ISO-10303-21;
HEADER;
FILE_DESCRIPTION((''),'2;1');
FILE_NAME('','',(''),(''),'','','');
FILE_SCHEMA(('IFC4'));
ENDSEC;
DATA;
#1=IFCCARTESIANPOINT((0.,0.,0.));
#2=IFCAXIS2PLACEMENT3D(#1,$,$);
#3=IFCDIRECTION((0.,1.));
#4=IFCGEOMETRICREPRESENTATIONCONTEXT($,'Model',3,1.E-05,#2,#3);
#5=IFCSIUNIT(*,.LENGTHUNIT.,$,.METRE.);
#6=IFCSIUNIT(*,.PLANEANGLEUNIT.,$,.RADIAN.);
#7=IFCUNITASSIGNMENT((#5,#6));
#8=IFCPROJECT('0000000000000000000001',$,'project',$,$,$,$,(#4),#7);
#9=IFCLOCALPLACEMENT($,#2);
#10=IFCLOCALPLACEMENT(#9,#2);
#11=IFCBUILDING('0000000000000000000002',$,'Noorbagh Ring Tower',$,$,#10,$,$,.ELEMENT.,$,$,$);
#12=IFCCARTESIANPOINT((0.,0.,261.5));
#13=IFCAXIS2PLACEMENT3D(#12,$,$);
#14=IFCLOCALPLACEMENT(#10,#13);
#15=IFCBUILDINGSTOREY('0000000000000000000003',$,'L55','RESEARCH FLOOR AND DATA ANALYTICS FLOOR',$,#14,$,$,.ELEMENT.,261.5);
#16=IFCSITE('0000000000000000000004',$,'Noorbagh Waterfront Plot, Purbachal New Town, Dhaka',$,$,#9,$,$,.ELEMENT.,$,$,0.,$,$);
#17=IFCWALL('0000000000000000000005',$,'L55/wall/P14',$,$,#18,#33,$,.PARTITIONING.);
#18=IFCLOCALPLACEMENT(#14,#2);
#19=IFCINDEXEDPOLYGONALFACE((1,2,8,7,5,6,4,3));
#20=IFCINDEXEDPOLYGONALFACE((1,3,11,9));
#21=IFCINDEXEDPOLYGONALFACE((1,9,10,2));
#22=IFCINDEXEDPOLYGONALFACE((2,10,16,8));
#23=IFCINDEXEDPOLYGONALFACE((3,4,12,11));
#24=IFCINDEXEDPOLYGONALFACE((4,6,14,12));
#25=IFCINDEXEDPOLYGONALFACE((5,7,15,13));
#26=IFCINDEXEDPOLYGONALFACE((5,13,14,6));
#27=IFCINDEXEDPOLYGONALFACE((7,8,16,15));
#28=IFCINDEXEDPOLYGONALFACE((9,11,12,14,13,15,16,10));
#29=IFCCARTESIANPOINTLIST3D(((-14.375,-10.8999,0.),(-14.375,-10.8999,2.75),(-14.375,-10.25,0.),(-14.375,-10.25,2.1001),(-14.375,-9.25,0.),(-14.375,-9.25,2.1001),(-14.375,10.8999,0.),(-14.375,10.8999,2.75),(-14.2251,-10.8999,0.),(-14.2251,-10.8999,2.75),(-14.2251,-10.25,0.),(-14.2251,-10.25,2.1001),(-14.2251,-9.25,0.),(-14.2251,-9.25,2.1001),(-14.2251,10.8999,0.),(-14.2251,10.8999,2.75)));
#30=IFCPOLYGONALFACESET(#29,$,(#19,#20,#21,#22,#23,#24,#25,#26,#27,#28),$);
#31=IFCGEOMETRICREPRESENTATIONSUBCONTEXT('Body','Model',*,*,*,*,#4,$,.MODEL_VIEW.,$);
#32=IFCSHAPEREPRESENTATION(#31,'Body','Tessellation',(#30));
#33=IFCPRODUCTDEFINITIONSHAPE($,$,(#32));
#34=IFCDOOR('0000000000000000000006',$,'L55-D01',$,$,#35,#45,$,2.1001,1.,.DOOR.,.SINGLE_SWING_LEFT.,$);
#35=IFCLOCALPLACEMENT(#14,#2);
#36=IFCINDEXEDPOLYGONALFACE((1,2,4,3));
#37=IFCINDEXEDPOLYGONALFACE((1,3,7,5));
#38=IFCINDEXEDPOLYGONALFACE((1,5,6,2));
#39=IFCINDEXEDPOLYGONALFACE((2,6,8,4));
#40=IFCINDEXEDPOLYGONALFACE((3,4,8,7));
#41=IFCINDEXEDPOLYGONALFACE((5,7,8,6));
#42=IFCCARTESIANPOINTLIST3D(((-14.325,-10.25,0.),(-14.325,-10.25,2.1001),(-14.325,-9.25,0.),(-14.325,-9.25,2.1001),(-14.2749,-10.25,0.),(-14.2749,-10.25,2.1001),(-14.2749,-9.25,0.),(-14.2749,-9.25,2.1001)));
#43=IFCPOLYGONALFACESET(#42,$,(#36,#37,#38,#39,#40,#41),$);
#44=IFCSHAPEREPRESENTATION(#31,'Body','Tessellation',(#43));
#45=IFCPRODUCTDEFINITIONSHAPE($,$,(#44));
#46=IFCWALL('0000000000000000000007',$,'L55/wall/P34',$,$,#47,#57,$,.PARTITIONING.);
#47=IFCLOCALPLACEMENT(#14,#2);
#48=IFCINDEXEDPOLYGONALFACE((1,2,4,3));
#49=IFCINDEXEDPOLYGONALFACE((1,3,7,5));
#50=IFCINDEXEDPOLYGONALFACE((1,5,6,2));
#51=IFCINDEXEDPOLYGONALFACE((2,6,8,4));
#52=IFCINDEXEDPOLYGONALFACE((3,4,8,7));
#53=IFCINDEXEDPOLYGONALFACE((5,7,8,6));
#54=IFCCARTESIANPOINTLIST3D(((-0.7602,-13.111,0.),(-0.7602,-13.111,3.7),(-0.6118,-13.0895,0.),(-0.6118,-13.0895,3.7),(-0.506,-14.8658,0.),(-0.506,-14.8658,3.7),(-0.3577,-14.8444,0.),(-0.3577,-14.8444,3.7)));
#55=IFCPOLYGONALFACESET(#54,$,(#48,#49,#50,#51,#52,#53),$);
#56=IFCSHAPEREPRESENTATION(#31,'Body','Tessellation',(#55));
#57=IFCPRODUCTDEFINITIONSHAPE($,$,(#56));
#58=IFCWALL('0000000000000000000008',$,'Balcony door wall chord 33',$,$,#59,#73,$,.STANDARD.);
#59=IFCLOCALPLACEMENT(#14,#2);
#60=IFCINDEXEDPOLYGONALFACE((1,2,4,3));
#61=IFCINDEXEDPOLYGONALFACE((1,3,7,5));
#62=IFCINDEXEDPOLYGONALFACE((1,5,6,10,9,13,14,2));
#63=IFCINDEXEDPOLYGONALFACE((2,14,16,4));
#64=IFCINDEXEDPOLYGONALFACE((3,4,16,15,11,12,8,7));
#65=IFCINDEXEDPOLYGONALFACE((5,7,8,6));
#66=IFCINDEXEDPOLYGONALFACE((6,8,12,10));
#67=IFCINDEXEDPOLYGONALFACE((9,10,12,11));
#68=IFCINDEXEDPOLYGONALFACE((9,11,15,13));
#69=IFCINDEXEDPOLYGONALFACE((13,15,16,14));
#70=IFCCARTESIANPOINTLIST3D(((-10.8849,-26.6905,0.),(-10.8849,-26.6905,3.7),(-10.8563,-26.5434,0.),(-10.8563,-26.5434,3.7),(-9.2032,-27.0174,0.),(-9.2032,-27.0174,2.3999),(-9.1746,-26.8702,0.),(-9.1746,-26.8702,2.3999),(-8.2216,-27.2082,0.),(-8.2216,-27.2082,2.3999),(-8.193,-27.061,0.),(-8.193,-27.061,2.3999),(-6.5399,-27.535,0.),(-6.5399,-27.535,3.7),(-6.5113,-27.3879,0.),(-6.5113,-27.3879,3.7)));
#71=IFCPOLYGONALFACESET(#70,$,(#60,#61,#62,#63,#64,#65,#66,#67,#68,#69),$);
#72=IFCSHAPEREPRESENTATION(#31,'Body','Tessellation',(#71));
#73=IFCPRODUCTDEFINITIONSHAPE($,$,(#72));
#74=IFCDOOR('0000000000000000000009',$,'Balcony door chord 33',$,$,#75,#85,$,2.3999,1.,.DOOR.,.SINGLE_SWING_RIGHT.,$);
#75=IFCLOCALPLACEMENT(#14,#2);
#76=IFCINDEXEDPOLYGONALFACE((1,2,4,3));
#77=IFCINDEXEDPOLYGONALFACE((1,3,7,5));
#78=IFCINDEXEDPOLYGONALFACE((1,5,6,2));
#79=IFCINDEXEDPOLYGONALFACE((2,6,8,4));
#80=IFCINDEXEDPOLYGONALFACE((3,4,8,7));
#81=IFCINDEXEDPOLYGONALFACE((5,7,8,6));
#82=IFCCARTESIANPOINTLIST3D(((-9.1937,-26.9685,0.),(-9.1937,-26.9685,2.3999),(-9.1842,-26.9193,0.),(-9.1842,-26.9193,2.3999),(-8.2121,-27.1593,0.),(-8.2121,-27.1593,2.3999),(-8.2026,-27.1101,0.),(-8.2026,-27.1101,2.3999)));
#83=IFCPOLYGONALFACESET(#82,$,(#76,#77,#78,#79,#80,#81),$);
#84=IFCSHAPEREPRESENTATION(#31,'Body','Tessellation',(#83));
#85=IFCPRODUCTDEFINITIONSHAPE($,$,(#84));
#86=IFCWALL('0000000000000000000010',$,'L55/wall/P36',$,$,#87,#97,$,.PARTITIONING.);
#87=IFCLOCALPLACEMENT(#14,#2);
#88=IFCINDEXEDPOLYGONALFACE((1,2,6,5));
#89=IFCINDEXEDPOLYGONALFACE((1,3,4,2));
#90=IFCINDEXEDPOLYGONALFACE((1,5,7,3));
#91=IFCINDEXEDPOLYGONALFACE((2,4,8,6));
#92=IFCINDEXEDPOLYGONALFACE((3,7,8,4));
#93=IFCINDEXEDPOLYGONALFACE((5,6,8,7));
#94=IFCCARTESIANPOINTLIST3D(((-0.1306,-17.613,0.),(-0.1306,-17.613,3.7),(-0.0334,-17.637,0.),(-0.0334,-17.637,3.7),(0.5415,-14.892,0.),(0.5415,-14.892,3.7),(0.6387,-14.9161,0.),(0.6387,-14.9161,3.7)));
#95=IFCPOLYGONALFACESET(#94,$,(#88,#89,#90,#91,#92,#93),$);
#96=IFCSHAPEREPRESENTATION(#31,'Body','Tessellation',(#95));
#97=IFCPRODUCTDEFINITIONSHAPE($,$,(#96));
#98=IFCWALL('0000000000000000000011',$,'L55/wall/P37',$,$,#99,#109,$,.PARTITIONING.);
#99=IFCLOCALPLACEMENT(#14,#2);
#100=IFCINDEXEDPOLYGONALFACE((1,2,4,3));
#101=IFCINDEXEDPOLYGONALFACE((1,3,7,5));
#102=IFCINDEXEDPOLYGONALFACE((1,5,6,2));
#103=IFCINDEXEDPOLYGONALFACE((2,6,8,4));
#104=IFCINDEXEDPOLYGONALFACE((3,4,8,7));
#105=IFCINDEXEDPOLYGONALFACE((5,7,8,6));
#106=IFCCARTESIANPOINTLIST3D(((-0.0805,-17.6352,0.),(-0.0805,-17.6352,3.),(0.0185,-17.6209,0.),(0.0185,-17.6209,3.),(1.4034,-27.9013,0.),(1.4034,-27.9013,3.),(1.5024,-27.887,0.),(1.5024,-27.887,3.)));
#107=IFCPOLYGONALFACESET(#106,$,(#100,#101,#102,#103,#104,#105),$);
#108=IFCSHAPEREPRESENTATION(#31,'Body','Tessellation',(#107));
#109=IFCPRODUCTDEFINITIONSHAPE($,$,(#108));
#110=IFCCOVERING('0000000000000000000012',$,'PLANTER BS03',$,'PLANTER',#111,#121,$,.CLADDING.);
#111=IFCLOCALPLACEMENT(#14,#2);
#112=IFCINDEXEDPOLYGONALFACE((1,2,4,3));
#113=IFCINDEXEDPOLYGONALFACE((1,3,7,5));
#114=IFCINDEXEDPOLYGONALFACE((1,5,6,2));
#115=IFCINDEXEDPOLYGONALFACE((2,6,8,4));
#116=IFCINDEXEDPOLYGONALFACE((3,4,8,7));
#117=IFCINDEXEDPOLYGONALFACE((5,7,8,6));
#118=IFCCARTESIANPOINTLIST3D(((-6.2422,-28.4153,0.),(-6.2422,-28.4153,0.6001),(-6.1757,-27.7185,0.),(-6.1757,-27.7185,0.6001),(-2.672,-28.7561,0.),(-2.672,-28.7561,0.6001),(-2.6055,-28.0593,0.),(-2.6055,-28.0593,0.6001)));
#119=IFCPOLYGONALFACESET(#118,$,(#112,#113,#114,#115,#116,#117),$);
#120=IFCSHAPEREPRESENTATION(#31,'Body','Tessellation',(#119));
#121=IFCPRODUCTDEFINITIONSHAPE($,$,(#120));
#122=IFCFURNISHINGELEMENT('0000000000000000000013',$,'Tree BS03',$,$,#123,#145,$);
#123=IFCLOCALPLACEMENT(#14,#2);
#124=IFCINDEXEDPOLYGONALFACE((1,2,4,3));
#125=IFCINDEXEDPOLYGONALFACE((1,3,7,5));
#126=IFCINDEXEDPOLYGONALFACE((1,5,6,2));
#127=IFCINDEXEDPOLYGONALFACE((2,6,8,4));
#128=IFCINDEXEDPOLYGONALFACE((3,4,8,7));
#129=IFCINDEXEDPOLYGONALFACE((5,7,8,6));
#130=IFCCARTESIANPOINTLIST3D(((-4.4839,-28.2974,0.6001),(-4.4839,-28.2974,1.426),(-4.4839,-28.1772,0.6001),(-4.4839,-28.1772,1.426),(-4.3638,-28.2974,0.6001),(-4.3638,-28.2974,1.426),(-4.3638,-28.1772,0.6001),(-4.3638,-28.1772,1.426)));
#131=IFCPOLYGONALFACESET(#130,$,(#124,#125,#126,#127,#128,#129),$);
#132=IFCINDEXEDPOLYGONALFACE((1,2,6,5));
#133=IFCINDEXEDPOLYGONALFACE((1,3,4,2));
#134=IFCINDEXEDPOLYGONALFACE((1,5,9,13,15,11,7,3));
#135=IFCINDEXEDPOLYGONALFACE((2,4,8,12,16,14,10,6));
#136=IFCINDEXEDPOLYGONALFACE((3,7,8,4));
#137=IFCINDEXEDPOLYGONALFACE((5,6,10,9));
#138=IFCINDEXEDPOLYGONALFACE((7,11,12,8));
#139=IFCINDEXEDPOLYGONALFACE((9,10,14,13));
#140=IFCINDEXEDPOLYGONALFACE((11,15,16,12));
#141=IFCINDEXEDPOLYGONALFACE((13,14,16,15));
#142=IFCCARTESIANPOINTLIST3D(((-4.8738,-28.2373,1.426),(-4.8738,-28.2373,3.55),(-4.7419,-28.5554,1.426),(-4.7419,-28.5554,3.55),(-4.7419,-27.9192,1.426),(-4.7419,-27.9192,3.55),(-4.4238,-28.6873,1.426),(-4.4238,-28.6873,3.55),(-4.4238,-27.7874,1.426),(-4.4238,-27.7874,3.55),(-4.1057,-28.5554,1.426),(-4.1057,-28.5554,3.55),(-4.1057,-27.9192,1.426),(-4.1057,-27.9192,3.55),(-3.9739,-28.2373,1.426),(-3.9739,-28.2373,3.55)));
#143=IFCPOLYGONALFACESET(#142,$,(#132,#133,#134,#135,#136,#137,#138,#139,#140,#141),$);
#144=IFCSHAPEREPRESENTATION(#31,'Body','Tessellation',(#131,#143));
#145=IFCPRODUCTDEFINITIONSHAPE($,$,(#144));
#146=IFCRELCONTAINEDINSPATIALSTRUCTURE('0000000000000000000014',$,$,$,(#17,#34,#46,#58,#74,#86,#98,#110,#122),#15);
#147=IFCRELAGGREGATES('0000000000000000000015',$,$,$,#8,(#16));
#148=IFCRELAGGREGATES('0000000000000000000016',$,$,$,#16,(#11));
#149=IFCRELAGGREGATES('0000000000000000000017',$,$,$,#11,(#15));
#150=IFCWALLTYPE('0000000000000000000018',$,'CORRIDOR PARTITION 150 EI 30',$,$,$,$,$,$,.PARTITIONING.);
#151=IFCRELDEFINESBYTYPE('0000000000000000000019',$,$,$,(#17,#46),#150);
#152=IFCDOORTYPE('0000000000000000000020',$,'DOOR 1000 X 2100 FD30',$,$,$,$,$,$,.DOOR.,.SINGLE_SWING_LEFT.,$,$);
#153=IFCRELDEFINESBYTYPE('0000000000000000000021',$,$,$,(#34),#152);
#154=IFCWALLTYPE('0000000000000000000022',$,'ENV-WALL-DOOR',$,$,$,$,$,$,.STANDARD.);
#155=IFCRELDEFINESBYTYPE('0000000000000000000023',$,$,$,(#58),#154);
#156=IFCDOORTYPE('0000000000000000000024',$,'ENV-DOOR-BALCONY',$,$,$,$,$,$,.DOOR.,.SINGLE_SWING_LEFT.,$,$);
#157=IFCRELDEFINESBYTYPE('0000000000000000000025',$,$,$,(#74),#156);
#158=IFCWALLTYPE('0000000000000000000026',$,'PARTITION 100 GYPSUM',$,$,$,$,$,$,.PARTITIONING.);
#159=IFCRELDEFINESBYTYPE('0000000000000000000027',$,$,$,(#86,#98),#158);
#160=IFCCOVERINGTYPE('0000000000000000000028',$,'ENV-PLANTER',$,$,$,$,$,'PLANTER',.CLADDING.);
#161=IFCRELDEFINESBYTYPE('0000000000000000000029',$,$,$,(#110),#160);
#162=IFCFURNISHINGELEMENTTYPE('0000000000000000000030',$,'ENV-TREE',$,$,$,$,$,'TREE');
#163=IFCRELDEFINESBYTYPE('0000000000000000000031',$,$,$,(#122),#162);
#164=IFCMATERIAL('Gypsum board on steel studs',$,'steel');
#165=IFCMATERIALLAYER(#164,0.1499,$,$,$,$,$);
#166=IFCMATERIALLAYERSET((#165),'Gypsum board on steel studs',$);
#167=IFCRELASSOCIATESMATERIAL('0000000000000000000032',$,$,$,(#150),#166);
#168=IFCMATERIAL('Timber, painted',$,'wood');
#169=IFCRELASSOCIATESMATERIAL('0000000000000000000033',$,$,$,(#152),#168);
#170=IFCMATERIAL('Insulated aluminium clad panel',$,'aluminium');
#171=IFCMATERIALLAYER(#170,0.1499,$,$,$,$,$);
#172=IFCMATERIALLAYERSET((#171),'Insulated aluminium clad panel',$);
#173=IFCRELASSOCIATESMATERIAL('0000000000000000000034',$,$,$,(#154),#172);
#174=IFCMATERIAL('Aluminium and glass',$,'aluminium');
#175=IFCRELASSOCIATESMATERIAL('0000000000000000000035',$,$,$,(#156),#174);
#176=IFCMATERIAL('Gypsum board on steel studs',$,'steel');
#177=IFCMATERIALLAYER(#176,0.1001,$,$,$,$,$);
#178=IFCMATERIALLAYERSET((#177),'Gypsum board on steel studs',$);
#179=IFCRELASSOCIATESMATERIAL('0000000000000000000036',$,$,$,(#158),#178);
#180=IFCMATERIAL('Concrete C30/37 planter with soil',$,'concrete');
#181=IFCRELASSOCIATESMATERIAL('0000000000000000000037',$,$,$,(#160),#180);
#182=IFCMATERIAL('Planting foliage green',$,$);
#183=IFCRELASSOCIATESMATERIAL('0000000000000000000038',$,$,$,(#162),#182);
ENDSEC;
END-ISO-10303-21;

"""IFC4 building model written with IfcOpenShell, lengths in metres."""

from ifc_helpers import new_model, si_unit, direction, frame, frame_2d, origin, origin_2d, place, context, subcontext, project, spatial, polyline, rectangle, outline, extrude, material, layer, layer_set, type_object, element, fill, save


model = new_model("IFC4")

# Units and contexts
model_context = context("Model", 3, precision=1e-05, world=origin(), true_north=direction((0.0, 1.0)))
body_context = subcontext(model_context, "Body", "Model", "MODEL_VIEW")
ifc_project = project(units=[si_unit("LENGTHUNIT", "METRE"), si_unit("PLANEANGLEUNIT", "RADIAN")], contexts=[model_context])

# Site, building, storey
site_placement = place(None, origin())
site = spatial("IfcSite", under=ifc_project, at=site_placement, Name="Noorbagh Waterfront Plot, Purbachal New Town, Dhaka", CompositionType="ELEMENT", RefElevation=0.0)
building_placement = place(site_placement, origin())
building = spatial("IfcBuilding", under=site, at=building_placement, Name="Noorbagh Ring Tower", CompositionType="ELEMENT")
storey_placement = place(building_placement, frame((0.0, 0.0, 261.5)))
storey = spatial("IfcBuildingStorey", under=building, at=storey_placement, Name="L55", Description="RESEARCH FLOOR AND DATA ANALYTICS FLOOR", CompositionType="ELEMENT", Elevation=261.5)

# Wall, opening, door
ifc_material_1 = material(Name="Gypsum board on steel studs", Category="steel")
ifc_layer_1 = layer(ifc_material_1, 0.1499)
ifc_layer_set_1 = layer_set([ifc_layer_1], Name="Gypsum board on steel studs")
wall_type_1 = type_object("IfcWallType", Name="CORRIDOR PARTITION 150 EI 30", PredefinedType="PARTITIONING", material=ifc_layer_set_1)
wall_1_placement = place(storey_placement, frame((-14.3, -10.8999, 0.0), z_axis=(0.0, 0.0, 1.0), x_axis=(0.0, 1.0, 0.0)))
wall_1 = element("IfcWall", 1, at=wall_1_placement, inside=storey, type_object=wall_type_1, Name="L55/wall/P14", PredefinedType="PARTITIONING", context=body_context, shape_type="SweptSolid", body=[
    extrude(rectangle(XDim=21.7998, YDim=0.1499, at=frame_2d((10.8999, 0.0))), origin(), (0.0, 0.0, 1.0), 2.75),
])
opening_1_placement = place(wall_1_placement, frame((0.6499, 0.0, 0.0)))
opening_1 = element("IfcOpeningElement", 2, at=opening_1_placement, cuts=wall_1, PredefinedType="OPENING", context=body_context, shape_type="SweptSolid", body=[
    extrude(rectangle(XDim=1.0, YDim=2.1001, at=frame_2d((0.5, 1.05))), frame((0.0, 0.085, 0.0), z_axis=(0.0, -1.0, 0.0), x_axis=(1.0, 0.0, 0.0)), (0.0, 0.0, 1.0), 0.1699),
])
ifc_material_2 = material(Name="Timber, painted", Category="wood")
door_type_1 = type_object("IfcDoorType", Name="DOOR 1000 X 2100 FD30", OperationType="SINGLE_SWING_LEFT", PredefinedType="DOOR", material=ifc_material_2)
door_1_placement = place(opening_1_placement, origin())
door_1 = element("IfcDoor", 3, at=door_1_placement, inside=storey, type_object=door_type_1, Name="L55-D01", OperationType="SINGLE_SWING_LEFT", OverallHeight=2.1001, OverallWidth=1.0, PredefinedType="DOOR", context=body_context, shape_type="SweptSolid", body=[
    extrude(rectangle(XDim=1.0, YDim=2.1001, at=frame_2d((0.5, 1.05))), frame((0.0, 0.0249, 0.0), z_axis=(0.0, -1.0, 0.0), x_axis=(1.0, 0.0, 0.0)), (0.0, 0.0, 1.0), 0.05),
])
fill(opening_1, door_1)

# Wall
wall_2_placement = place(storey_placement, frame((-0.686, -13.1001, 0.0), z_axis=(0.0, 0.0, 1.0), x_axis=(0.143329, -0.989675, 0.0)))
element("IfcWall", 4, at=wall_2_placement, inside=storey, type_object=wall_type_1, Name="L55/wall/P34", PredefinedType="PARTITIONING", context=body_context, shape_type="SweptSolid", body=[
    extrude(rectangle(XDim=1.7732, YDim=0.1499, at=frame_2d((0.8867, 0.0))), origin(), (0.0, 0.0, 1.0), 3.7),
])

# Wall, opening, door
ifc_material_3 = material(Name="Insulated aluminium clad panel", Category="aluminium")
ifc_layer_2 = layer(ifc_material_3, 0.1499)
ifc_layer_set_2 = layer_set([ifc_layer_2], Name="Insulated aluminium clad panel")
wall_type_2 = type_object("IfcWallType", Name="ENV-WALL-DOOR", PredefinedType="STANDARD", material=ifc_layer_set_2)
wall_3_placement = place(storey_placement, frame((-10.8706, -26.6169, 0.0), z_axis=(0.0, 0.0, 1.0), x_axis=(0.981631, -0.190788, 0.0)))
wall_3 = element("IfcWall", 5, at=wall_3_placement, inside=storey, type_object=wall_type_2, Name="Balcony door wall chord 33", PredefinedType="STANDARD", context=body_context, shape_type="SweptSolid", body=[
    extrude(rectangle(XDim=4.4263, YDim=0.1499, at=frame_2d((2.2131, 0.0))), origin(), (0.0, 0.0, 1.0), 3.7),
])
opening_2_placement = place(wall_3_placement, frame((1.7131, 0.0, 0.0)))
opening_2 = element("IfcOpeningElement", 6, at=opening_2_placement, cuts=wall_3, PredefinedType="OPENING", context=body_context, shape_type="SweptSolid", body=[
    extrude(rectangle(XDim=1.0, YDim=2.3999, at=frame_2d((0.5, 1.2))), frame((0.0, 0.085, 0.0), z_axis=(0.0, -1.0, 0.0), x_axis=(1.0, 0.0, 0.0)), (0.0, 0.0, 1.0), 0.1699),
])
ifc_material_4 = material(Name="Aluminium and glass", Category="aluminium")
door_type_2 = type_object("IfcDoorType", Name="ENV-DOOR-BALCONY", OperationType="SINGLE_SWING_LEFT", PredefinedType="DOOR", material=ifc_material_4)
door_2_placement = place(opening_2_placement, origin())
door_2 = element("IfcDoor", 7, at=door_2_placement, inside=storey, type_object=door_type_2, Name="Balcony door chord 33", OperationType="SINGLE_SWING_RIGHT", OverallHeight=2.3999, OverallWidth=1.0, PredefinedType="DOOR", context=body_context, shape_type="SweptSolid", body=[
    extrude(rectangle(XDim=1.0, YDim=2.3999, at=frame_2d((0.5, 1.2))), frame((0.0, 0.0249, 0.0), z_axis=(0.0, -1.0, 0.0), x_axis=(1.0, 0.0, 0.0)), (0.0, 0.0, 1.0), 0.05),
])
fill(opening_2, door_2)

# Walls
ifc_material_5 = material(Name="Gypsum board on steel studs", Category="steel")
ifc_layer_3 = layer(ifc_material_5, 0.1001)
ifc_layer_set_3 = layer_set([ifc_layer_3], Name="Gypsum board on steel studs")
wall_type_3 = type_object("IfcWallType", Name="PARTITION 100 GYPSUM", PredefinedType="PARTITIONING", material=ifc_layer_set_3)
wall_4_placement = place(storey_placement, frame((-0.082, -17.625, 0.0), z_axis=(0.0, 0.0, 1.0), x_axis=(0.239809, 0.97082, 0.0)))
element("IfcWall", 8, at=wall_4_placement, inside=storey, type_object=wall_type_3, Name="L55/wall/P36", PredefinedType="PARTITIONING", context=body_context, shape_type="SweptSolid", body=[
    extrude(rectangle(XDim=2.8027, YDim=0.1001, at=frame_2d((1.4014, 0.0))), origin(), (0.0, 0.0, 1.0), 3.7),
])
wall_5_placement = place(storey_placement, frame((-0.031, -17.6279, 0.0), z_axis=(0.0, 0.0, 1.0), x_axis=(0.143056, -0.989715, 0.0)))
element("IfcWall", 9, at=wall_5_placement, inside=storey, type_object=wall_type_3, Name="L55/wall/P37", PredefinedType="PARTITIONING", context=body_context, shape_type="SweptSolid", body=[
    extrude(rectangle(XDim=10.3728, YDim=0.1001, at=frame_2d((5.1865, 0.0))), origin(), (0.0, 0.0, 1.0), 3.0),
])

# Covering
ifc_material_6 = material(Name="Concrete C30/37 planter with soil", Category="concrete")
covering_type = type_object("IfcCoveringType", Name="ENV-PLANTER", ElementType="PLANTER", PredefinedType="CLADDING", material=ifc_material_6)
covering_placement = place(storey_placement, frame((-4.4238, -28.2373, 0.0), z_axis=(0.0, 0.0, 1.0), x_axis=(0.995476, -0.095008, 0.0)))
element("IfcCovering", 10, at=covering_placement, inside=storey, type_object=covering_type, Name="PLANTER BS03", ObjectType="PLANTER", PredefinedType="CLADDING", context=body_context, shape_type="SweptSolid", body=[
    extrude(rectangle(XDim=3.5864, YDim=0.7, at=origin_2d()), origin(), (0.0, 0.0, 1.0), 0.6001),
])

# Furnishing element
ifc_material_7 = material(Name="Planting foliage green")
furnishing_element_type = type_object("IfcFurnishingElementType", Name="ENV-TREE", ElementType="TREE", material=ifc_material_7)
furnishing_placement = place(storey_placement, frame((-4.4238, -28.2373, 0.6001), z_axis=(0.0, 0.0, 1.0), x_axis=(1.0, 0.0, 0.0)))
element("IfcFurnishingElement", 11, at=furnishing_placement, inside=storey, type_object=furnishing_element_type, Name="Tree BS03", context=body_context, shape_type="SweptSolid", body=[
    extrude(rectangle(XDim=0.1201, YDim=0.1201, at=origin_2d()), origin(), (0.0, 0.0, 1.0), 0.8259),
    extrude(outline(polyline([(0.45, 0.0), (0.3181, 0.3181), (0.0, 0.45), (-0.3181, 0.3181), (-0.45, 0.0), (-0.3181, -0.3181), (0.0, -0.45), (0.3181, -0.3181), (0.45, 0.0)])), frame((0.0, 0.0, 0.8259)), (0.0, 0.0, 1.0), 2.124),
])

save(model, "model.ifc")
